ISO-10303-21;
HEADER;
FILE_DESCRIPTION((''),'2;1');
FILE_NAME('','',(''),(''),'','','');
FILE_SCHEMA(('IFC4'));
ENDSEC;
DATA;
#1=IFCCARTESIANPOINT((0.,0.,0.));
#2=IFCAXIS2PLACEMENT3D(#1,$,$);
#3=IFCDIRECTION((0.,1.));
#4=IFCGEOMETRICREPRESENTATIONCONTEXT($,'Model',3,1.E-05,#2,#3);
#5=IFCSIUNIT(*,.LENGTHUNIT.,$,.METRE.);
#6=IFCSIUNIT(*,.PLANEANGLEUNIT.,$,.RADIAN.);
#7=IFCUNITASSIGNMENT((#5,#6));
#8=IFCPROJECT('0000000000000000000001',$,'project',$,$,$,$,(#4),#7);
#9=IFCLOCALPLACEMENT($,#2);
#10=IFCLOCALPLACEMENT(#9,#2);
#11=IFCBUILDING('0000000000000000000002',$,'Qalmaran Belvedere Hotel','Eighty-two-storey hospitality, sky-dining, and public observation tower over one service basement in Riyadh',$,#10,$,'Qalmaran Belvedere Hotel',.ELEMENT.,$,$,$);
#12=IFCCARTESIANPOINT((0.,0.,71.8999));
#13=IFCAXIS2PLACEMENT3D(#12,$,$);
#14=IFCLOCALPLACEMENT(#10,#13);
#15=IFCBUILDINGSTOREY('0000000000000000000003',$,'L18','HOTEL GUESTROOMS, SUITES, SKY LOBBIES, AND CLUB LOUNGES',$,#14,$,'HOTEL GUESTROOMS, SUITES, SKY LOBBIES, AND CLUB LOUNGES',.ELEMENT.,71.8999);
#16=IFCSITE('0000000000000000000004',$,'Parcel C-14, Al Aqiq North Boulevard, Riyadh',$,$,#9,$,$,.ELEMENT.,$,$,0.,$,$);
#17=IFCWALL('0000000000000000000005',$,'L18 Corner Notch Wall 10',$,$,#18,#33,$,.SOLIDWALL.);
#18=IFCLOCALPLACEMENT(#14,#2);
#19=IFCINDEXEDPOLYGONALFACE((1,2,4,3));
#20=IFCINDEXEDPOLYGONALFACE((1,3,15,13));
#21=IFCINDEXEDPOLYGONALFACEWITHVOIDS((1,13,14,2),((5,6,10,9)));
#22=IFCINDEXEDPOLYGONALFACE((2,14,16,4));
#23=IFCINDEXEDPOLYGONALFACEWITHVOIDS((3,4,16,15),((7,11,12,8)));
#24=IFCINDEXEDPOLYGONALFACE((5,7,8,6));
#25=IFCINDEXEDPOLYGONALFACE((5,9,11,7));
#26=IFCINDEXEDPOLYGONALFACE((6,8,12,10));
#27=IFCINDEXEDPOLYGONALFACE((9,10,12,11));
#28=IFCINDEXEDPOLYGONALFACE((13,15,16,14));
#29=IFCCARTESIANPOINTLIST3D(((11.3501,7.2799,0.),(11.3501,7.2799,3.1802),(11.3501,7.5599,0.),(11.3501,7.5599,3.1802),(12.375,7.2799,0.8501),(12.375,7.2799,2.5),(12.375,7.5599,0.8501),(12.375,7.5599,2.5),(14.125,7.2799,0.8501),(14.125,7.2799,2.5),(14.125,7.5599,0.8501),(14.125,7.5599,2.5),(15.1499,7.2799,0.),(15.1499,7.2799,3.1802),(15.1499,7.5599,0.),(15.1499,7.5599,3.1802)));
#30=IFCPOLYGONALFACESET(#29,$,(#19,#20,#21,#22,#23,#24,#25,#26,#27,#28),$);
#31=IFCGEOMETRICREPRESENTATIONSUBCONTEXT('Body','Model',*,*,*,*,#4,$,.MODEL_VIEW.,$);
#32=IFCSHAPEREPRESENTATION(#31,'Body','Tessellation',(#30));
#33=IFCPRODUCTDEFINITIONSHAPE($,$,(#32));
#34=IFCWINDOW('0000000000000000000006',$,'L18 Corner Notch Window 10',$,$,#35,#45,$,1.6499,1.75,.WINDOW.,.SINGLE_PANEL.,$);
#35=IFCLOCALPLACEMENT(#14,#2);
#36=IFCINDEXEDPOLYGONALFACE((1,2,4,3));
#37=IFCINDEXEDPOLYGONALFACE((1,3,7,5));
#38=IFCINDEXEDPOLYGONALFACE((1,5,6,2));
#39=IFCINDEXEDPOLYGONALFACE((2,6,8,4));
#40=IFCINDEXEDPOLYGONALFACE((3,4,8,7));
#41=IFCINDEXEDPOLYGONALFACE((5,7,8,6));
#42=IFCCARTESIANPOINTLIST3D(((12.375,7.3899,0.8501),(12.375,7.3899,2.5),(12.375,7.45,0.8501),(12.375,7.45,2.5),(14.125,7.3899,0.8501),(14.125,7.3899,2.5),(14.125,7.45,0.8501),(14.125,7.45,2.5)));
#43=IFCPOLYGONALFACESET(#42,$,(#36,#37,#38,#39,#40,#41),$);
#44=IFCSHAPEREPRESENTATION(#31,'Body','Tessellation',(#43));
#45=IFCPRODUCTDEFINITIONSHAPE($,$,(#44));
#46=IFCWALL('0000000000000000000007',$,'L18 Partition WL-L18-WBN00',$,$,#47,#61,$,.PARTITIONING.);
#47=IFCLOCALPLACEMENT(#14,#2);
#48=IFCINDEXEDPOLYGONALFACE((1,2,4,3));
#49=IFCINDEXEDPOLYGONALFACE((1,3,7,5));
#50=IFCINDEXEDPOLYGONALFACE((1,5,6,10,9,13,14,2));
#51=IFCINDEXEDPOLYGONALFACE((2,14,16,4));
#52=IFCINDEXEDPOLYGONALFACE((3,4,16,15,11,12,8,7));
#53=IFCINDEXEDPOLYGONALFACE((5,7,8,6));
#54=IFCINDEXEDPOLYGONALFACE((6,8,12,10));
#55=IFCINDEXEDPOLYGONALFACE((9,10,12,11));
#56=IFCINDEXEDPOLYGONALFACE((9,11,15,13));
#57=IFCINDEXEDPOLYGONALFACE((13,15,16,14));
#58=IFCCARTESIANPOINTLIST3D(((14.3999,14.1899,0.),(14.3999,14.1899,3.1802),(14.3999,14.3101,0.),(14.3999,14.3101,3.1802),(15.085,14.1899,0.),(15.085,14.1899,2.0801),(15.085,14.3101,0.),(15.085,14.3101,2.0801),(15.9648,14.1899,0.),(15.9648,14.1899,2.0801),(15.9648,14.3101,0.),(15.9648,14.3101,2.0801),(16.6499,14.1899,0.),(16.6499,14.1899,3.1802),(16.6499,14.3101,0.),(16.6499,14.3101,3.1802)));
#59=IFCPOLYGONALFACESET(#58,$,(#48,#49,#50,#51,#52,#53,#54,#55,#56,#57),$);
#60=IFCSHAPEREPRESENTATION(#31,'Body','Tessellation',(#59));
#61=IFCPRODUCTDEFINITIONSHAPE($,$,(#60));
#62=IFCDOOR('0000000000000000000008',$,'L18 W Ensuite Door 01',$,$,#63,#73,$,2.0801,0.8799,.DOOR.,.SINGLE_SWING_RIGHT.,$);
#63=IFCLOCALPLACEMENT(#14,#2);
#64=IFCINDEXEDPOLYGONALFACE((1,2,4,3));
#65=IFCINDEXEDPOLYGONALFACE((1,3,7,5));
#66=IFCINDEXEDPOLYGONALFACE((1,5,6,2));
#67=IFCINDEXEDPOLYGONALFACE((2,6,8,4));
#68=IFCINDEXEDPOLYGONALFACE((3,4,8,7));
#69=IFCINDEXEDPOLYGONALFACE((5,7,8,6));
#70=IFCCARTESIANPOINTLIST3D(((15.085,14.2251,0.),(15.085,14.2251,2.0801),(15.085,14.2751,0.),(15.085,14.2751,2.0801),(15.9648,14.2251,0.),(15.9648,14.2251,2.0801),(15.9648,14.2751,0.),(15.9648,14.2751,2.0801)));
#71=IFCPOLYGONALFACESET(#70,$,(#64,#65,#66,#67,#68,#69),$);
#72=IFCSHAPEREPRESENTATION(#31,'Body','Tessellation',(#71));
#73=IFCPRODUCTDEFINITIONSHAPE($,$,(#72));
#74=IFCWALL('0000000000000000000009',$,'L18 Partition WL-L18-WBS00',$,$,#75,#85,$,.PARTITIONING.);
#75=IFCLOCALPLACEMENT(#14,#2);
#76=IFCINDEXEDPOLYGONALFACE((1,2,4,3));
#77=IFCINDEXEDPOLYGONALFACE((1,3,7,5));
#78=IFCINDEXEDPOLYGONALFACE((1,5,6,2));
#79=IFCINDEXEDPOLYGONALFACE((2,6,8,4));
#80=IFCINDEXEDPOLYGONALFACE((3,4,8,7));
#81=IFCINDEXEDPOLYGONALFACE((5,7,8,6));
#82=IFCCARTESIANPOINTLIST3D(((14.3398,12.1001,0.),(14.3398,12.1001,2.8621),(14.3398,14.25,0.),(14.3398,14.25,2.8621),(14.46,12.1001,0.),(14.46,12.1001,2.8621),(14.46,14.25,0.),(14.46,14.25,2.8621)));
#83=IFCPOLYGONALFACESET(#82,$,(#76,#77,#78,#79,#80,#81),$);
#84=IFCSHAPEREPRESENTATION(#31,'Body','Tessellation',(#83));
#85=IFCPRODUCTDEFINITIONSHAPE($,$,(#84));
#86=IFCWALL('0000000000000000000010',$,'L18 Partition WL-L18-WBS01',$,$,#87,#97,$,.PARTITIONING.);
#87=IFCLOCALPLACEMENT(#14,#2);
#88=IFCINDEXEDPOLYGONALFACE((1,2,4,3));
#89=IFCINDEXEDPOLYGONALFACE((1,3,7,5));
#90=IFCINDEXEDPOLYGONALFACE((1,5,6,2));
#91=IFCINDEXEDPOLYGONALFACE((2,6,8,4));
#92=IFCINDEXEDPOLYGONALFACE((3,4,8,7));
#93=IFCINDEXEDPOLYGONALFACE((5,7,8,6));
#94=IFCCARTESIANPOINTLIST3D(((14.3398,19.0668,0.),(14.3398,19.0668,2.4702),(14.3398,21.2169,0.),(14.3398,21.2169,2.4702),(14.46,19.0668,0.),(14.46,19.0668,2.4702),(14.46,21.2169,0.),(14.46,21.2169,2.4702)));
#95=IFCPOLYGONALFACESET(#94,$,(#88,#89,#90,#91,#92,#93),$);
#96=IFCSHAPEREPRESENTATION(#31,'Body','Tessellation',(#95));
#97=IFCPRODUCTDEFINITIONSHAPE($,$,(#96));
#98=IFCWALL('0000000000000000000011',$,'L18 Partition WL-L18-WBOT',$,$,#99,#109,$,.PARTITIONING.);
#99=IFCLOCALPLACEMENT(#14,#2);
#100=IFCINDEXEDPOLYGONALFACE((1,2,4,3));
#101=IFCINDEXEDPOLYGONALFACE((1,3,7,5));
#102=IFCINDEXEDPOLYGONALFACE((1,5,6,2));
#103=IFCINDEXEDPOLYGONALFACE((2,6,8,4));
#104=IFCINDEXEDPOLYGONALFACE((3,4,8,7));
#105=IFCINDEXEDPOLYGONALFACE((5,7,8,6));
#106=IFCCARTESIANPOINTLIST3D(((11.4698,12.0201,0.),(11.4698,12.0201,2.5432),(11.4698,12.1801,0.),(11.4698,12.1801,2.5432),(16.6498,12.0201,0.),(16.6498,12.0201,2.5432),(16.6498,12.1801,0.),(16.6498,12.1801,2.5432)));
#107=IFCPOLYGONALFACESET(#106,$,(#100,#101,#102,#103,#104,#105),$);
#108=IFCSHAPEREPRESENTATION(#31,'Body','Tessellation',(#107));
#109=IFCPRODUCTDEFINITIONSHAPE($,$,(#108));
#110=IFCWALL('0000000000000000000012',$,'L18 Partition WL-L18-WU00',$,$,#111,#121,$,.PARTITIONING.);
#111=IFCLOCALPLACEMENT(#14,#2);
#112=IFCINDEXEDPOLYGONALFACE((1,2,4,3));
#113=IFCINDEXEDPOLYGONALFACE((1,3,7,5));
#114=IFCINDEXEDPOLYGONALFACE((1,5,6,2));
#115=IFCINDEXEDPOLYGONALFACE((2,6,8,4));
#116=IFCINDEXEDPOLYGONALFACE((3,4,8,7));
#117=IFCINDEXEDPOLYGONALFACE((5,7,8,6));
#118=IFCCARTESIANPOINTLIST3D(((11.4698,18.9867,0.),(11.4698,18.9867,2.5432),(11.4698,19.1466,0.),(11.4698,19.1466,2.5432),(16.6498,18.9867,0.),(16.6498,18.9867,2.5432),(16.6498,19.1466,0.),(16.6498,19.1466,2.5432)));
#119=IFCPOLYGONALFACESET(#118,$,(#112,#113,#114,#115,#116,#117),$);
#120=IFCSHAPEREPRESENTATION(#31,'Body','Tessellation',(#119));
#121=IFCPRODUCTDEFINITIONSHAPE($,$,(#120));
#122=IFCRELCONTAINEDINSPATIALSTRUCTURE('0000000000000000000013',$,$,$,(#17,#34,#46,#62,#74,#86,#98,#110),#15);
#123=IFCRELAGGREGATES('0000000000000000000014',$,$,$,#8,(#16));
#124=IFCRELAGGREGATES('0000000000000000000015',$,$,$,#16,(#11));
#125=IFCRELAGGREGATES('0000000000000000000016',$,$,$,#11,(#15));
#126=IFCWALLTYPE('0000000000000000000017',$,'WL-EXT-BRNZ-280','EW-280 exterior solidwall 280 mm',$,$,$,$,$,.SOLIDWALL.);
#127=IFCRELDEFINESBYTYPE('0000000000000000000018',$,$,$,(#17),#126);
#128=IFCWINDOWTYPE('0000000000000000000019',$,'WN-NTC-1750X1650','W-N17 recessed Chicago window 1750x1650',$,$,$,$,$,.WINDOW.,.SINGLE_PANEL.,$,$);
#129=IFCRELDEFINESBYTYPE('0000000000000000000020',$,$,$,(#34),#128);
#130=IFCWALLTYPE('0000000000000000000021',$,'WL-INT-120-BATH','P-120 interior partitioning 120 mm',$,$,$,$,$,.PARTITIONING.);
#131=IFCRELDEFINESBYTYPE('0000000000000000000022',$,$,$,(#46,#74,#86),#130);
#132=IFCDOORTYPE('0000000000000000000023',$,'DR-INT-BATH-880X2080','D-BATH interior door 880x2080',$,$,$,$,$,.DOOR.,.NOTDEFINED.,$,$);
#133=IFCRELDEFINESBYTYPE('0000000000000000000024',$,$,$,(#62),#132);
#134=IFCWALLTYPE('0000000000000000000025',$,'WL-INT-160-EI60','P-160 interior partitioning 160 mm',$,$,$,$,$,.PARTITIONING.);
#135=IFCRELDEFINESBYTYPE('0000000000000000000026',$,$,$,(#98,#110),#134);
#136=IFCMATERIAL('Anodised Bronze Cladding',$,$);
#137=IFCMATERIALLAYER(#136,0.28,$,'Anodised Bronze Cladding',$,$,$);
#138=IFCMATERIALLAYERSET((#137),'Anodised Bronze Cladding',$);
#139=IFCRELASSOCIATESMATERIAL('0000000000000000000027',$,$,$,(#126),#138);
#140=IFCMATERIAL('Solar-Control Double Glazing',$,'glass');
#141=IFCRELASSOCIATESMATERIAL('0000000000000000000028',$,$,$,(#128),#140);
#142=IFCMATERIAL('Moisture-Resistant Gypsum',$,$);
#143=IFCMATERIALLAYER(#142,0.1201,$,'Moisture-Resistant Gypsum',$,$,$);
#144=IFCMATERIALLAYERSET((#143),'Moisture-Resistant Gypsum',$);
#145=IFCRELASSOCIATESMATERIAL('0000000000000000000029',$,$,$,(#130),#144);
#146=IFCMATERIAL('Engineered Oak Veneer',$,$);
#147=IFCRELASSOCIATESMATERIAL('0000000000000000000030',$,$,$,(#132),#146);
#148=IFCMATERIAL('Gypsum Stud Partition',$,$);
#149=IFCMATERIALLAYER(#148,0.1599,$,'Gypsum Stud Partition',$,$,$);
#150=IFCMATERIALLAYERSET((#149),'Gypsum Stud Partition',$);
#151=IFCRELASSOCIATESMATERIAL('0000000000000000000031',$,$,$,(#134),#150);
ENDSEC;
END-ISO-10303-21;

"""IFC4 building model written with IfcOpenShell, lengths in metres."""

from ifc_helpers import new_model, si_unit, direction, frame, frame_2d, origin, place, context, subcontext, project, spatial, rectangle, extrude, material, layer, layer_set, type_object, element, fill, save


model = new_model("IFC4")

# Units and contexts
model_context = context("Model", 3, precision=1e-05, world=origin(), true_north=direction((0.0, 1.0)))
body_context = subcontext(model_context, "Body", "Model", "MODEL_VIEW")
ifc_project = project(units=[si_unit("LENGTHUNIT", "METRE"), si_unit("PLANEANGLEUNIT", "RADIAN")], contexts=[model_context])

# Site, building, storey
site_placement = place(None, origin())
site = spatial("IfcSite", under=ifc_project, at=site_placement, Name="Parcel C-14, Al Aqiq North Boulevard, Riyadh", CompositionType="ELEMENT", RefElevation=0.0)
building_placement = place(site_placement, origin())
building = spatial("IfcBuilding", under=site, at=building_placement, Name="Qalmaran Belvedere Hotel", Description="Eighty-two-storey hospitality, sky-dining, and public observation tower over one service basement in Riyadh", LongName="Qalmaran Belvedere Hotel", CompositionType="ELEMENT")
storey_placement = place(building_placement, frame((0.0, 0.0, 71.8999)))
storey = spatial("IfcBuildingStorey", under=building, at=storey_placement, Name="L18", Description="HOTEL GUESTROOMS, SUITES, SKY LOBBIES, AND CLUB LOUNGES", LongName="HOTEL GUESTROOMS, SUITES, SKY LOBBIES, AND CLUB LOUNGES", CompositionType="ELEMENT", Elevation=71.8999)

# Shared definitions
ifc_material_1 = material(Name="Solar-Control Double Glazing", Category="glass")

# Wall, opening, window
ifc_material_2 = material(Name="Anodised Bronze Cladding")
ifc_layer_1 = layer(ifc_material_2, 0.28, Name="Anodised Bronze Cladding")
ifc_layer_set_1 = layer_set([ifc_layer_1], Name="Anodised Bronze Cladding")
wall_type_1 = type_object("IfcWallType", Name="WL-EXT-BRNZ-280", Description="EW-280 exterior solidwall 280 mm", PredefinedType="SOLIDWALL", material=ifc_layer_set_1)
wall_1_placement = place(storey_placement, frame((11.3501, 7.4199, 0.0), z_axis=(0.0, 0.0, 1.0), x_axis=(1.0, 0.0, 0.0)))
wall_1 = element("IfcWall", 1, at=wall_1_placement, inside=storey, type_object=wall_type_1, Name="L18 Corner Notch Wall 10", PredefinedType="SOLIDWALL", context=body_context, shape_type="SweptSolid", body=[
    extrude(rectangle(XDim=3.7998, YDim=0.28, at=frame_2d((1.8999, 0.0))), origin(), (0.0, 0.0, 1.0), 3.1802),
])
opening_1_placement = place(wall_1_placement, frame((1.0249, 0.0, 0.8501)))
opening_1 = element("IfcOpeningElement", 2, at=opening_1_placement, cuts=wall_1, PredefinedType="OPENING", context=body_context, shape_type="SweptSolid", body=[
    extrude(rectangle(XDim=1.75, YDim=1.6499, at=frame_2d((0.875, 0.825))), frame((0.0, 0.1499, 0.0), z_axis=(0.0, -1.0, 0.0), x_axis=(1.0, 0.0, 0.0)), (0.0, 0.0, 1.0), 0.3),
])
window_type = type_object("IfcWindowType", Name="WN-NTC-1750X1650", Description="W-N17 recessed Chicago window 1750x1650", PartitioningType="SINGLE_PANEL", PredefinedType="WINDOW", material=ifc_material_1)
window_placement = place(opening_1_placement, origin())
window = element("IfcWindow", 3, at=window_placement, inside=storey, type_object=window_type, Name="L18 Corner Notch Window 10", OverallHeight=1.6499, OverallWidth=1.75, PartitioningType="SINGLE_PANEL", PredefinedType="WINDOW", context=body_context, shape_type="SweptSolid", body=[
    extrude(rectangle(XDim=1.75, YDim=1.6499, at=frame_2d((0.875, 0.825))), frame((0.0, 0.03, 0.0), z_axis=(0.0, -1.0, 0.0), x_axis=(1.0, 0.0, 0.0)), (0.0, 0.0, 1.0), 0.0601),
])
fill(opening_1, window)

# Wall, opening, door
ifc_material_3 = material(Name="Moisture-Resistant Gypsum")
ifc_layer_2 = layer(ifc_material_3, 0.1201, Name="Moisture-Resistant Gypsum")
ifc_layer_set_2 = layer_set([ifc_layer_2], Name="Moisture-Resistant Gypsum")
wall_type_2 = type_object("IfcWallType", Name="WL-INT-120-BATH", Description="P-120 interior partitioning 120 mm", PredefinedType="PARTITIONING", material=ifc_layer_set_2)
wall_2_placement = place(storey_placement, frame((14.3999, 14.25, 0.0), z_axis=(0.0, 0.0, 1.0), x_axis=(1.0, 0.0, 0.0)))
wall_2 = element("IfcWall", 4, at=wall_2_placement, inside=storey, type_object=wall_type_2, Name="L18 Partition WL-L18-WBN00", PredefinedType="PARTITIONING", context=body_context, shape_type="SweptSolid", body=[
    extrude(rectangle(XDim=2.25, YDim=0.1201, at=frame_2d((1.125, 0.0))), origin(), (0.0, 0.0, 1.0), 3.1802),
])
opening_2_placement = place(wall_2_placement, frame((1.5649, 0.0, 0.0), z_axis=(0.0, 0.0, 1.0), x_axis=(-1.0, 0.0, 0.0)))
opening_2 = element("IfcOpeningElement", 5, at=opening_2_placement, cuts=wall_2, PredefinedType="OPENING", context=body_context, shape_type="SweptSolid", body=[
    extrude(rectangle(XDim=0.8799, YDim=2.0801, at=frame_2d((0.4399, 1.04))), frame((0.0, 0.0701, 0.0), z_axis=(0.0, -1.0, 0.0), x_axis=(1.0, 0.0, 0.0)), (0.0, 0.0, 1.0), 0.1401),
])
ifc_material_4 = material(Name="Engineered Oak Veneer")
door_type = type_object("IfcDoorType", Name="DR-INT-BATH-880X2080", Description="D-BATH interior door 880x2080", OperationType="NOTDEFINED", PredefinedType="DOOR", material=ifc_material_4)
door_placement = place(opening_2_placement, origin())
door = element("IfcDoor", 6, at=door_placement, inside=storey, type_object=door_type, Name="L18 W Ensuite Door 01", OperationType="SINGLE_SWING_RIGHT", OverallHeight=2.0801, OverallWidth=0.8799, PredefinedType="DOOR", context=body_context, shape_type="SweptSolid", body=[
    extrude(rectangle(XDim=0.8799, YDim=2.0801, at=frame_2d((0.4399, 1.04))), frame((0.0, 0.0249, 0.0), z_axis=(0.0, -1.0, 0.0), x_axis=(1.0, 0.0, 0.0)), (0.0, 0.0, 1.0), 0.05),
])
fill(opening_2, door)

# Walls
wall_3_placement = place(storey_placement, frame((14.3999, 12.1001, 0.0), z_axis=(0.0, 0.0, 1.0), x_axis=(0.0, 1.0, 0.0)))
element("IfcWall", 7, at=wall_3_placement, inside=storey, type_object=wall_type_2, Name="L18 Partition WL-L18-WBS00", PredefinedType="PARTITIONING", context=body_context, shape_type="SweptSolid", body=[
    extrude(rectangle(XDim=2.1499, YDim=0.1201, at=frame_2d((1.075, 0.0))), origin(), (0.0, 0.0, 1.0), 2.8621),
])
wall_4_placement = place(storey_placement, frame((14.3999, 19.0667, 0.0), z_axis=(0.0, 0.0, 1.0), x_axis=(0.0, 1.0, 0.0)))
element("IfcWall", 8, at=wall_4_placement, inside=storey, type_object=wall_type_2, Name="L18 Partition WL-L18-WBS01", PredefinedType="PARTITIONING", context=body_context, shape_type="SweptSolid", body=[
    extrude(rectangle(XDim=2.1501, YDim=0.1201, at=frame_2d((1.0752, 0.0))), origin(), (0.0, 0.0, 1.0), 2.4702),
])
ifc_material_5 = material(Name="Gypsum Stud Partition")
ifc_layer_3 = layer(ifc_material_5, 0.1599, Name="Gypsum Stud Partition")
ifc_layer_set_3 = layer_set([ifc_layer_3], Name="Gypsum Stud Partition")
wall_type_3 = type_object("IfcWallType", Name="WL-INT-160-EI60", Description="P-160 interior partitioning 160 mm", PredefinedType="PARTITIONING", material=ifc_layer_set_3)
for number, where, z_axis, x_axis, name in (
    (9, (11.47, 12.1001, 0.0), (0.0, 0.0, 1.0), (1.0, 0.0, 0.0), "L18 Partition WL-L18-WBOT"),
    (10, (11.47, 19.0667, 0.0), (0.0, 0.0, 1.0), (1.0, 0.0, 0.0), "L18 Partition WL-L18-WU00"),
):
    element("IfcWall", number, at=place(storey_placement, frame(where, z_axis=z_axis, x_axis=x_axis)), inside=storey, type_object=wall_type_3, Name=name, PredefinedType="PARTITIONING", context=body_context, shape_type="SweptSolid", body=[
        extrude(rectangle(XDim=5.1799, YDim=0.1599, at=frame_2d((2.5898, 0.0))), origin(), (0.0, 0.0, 1.0), 2.5432),
    ])

save(model, "model.ifc")
